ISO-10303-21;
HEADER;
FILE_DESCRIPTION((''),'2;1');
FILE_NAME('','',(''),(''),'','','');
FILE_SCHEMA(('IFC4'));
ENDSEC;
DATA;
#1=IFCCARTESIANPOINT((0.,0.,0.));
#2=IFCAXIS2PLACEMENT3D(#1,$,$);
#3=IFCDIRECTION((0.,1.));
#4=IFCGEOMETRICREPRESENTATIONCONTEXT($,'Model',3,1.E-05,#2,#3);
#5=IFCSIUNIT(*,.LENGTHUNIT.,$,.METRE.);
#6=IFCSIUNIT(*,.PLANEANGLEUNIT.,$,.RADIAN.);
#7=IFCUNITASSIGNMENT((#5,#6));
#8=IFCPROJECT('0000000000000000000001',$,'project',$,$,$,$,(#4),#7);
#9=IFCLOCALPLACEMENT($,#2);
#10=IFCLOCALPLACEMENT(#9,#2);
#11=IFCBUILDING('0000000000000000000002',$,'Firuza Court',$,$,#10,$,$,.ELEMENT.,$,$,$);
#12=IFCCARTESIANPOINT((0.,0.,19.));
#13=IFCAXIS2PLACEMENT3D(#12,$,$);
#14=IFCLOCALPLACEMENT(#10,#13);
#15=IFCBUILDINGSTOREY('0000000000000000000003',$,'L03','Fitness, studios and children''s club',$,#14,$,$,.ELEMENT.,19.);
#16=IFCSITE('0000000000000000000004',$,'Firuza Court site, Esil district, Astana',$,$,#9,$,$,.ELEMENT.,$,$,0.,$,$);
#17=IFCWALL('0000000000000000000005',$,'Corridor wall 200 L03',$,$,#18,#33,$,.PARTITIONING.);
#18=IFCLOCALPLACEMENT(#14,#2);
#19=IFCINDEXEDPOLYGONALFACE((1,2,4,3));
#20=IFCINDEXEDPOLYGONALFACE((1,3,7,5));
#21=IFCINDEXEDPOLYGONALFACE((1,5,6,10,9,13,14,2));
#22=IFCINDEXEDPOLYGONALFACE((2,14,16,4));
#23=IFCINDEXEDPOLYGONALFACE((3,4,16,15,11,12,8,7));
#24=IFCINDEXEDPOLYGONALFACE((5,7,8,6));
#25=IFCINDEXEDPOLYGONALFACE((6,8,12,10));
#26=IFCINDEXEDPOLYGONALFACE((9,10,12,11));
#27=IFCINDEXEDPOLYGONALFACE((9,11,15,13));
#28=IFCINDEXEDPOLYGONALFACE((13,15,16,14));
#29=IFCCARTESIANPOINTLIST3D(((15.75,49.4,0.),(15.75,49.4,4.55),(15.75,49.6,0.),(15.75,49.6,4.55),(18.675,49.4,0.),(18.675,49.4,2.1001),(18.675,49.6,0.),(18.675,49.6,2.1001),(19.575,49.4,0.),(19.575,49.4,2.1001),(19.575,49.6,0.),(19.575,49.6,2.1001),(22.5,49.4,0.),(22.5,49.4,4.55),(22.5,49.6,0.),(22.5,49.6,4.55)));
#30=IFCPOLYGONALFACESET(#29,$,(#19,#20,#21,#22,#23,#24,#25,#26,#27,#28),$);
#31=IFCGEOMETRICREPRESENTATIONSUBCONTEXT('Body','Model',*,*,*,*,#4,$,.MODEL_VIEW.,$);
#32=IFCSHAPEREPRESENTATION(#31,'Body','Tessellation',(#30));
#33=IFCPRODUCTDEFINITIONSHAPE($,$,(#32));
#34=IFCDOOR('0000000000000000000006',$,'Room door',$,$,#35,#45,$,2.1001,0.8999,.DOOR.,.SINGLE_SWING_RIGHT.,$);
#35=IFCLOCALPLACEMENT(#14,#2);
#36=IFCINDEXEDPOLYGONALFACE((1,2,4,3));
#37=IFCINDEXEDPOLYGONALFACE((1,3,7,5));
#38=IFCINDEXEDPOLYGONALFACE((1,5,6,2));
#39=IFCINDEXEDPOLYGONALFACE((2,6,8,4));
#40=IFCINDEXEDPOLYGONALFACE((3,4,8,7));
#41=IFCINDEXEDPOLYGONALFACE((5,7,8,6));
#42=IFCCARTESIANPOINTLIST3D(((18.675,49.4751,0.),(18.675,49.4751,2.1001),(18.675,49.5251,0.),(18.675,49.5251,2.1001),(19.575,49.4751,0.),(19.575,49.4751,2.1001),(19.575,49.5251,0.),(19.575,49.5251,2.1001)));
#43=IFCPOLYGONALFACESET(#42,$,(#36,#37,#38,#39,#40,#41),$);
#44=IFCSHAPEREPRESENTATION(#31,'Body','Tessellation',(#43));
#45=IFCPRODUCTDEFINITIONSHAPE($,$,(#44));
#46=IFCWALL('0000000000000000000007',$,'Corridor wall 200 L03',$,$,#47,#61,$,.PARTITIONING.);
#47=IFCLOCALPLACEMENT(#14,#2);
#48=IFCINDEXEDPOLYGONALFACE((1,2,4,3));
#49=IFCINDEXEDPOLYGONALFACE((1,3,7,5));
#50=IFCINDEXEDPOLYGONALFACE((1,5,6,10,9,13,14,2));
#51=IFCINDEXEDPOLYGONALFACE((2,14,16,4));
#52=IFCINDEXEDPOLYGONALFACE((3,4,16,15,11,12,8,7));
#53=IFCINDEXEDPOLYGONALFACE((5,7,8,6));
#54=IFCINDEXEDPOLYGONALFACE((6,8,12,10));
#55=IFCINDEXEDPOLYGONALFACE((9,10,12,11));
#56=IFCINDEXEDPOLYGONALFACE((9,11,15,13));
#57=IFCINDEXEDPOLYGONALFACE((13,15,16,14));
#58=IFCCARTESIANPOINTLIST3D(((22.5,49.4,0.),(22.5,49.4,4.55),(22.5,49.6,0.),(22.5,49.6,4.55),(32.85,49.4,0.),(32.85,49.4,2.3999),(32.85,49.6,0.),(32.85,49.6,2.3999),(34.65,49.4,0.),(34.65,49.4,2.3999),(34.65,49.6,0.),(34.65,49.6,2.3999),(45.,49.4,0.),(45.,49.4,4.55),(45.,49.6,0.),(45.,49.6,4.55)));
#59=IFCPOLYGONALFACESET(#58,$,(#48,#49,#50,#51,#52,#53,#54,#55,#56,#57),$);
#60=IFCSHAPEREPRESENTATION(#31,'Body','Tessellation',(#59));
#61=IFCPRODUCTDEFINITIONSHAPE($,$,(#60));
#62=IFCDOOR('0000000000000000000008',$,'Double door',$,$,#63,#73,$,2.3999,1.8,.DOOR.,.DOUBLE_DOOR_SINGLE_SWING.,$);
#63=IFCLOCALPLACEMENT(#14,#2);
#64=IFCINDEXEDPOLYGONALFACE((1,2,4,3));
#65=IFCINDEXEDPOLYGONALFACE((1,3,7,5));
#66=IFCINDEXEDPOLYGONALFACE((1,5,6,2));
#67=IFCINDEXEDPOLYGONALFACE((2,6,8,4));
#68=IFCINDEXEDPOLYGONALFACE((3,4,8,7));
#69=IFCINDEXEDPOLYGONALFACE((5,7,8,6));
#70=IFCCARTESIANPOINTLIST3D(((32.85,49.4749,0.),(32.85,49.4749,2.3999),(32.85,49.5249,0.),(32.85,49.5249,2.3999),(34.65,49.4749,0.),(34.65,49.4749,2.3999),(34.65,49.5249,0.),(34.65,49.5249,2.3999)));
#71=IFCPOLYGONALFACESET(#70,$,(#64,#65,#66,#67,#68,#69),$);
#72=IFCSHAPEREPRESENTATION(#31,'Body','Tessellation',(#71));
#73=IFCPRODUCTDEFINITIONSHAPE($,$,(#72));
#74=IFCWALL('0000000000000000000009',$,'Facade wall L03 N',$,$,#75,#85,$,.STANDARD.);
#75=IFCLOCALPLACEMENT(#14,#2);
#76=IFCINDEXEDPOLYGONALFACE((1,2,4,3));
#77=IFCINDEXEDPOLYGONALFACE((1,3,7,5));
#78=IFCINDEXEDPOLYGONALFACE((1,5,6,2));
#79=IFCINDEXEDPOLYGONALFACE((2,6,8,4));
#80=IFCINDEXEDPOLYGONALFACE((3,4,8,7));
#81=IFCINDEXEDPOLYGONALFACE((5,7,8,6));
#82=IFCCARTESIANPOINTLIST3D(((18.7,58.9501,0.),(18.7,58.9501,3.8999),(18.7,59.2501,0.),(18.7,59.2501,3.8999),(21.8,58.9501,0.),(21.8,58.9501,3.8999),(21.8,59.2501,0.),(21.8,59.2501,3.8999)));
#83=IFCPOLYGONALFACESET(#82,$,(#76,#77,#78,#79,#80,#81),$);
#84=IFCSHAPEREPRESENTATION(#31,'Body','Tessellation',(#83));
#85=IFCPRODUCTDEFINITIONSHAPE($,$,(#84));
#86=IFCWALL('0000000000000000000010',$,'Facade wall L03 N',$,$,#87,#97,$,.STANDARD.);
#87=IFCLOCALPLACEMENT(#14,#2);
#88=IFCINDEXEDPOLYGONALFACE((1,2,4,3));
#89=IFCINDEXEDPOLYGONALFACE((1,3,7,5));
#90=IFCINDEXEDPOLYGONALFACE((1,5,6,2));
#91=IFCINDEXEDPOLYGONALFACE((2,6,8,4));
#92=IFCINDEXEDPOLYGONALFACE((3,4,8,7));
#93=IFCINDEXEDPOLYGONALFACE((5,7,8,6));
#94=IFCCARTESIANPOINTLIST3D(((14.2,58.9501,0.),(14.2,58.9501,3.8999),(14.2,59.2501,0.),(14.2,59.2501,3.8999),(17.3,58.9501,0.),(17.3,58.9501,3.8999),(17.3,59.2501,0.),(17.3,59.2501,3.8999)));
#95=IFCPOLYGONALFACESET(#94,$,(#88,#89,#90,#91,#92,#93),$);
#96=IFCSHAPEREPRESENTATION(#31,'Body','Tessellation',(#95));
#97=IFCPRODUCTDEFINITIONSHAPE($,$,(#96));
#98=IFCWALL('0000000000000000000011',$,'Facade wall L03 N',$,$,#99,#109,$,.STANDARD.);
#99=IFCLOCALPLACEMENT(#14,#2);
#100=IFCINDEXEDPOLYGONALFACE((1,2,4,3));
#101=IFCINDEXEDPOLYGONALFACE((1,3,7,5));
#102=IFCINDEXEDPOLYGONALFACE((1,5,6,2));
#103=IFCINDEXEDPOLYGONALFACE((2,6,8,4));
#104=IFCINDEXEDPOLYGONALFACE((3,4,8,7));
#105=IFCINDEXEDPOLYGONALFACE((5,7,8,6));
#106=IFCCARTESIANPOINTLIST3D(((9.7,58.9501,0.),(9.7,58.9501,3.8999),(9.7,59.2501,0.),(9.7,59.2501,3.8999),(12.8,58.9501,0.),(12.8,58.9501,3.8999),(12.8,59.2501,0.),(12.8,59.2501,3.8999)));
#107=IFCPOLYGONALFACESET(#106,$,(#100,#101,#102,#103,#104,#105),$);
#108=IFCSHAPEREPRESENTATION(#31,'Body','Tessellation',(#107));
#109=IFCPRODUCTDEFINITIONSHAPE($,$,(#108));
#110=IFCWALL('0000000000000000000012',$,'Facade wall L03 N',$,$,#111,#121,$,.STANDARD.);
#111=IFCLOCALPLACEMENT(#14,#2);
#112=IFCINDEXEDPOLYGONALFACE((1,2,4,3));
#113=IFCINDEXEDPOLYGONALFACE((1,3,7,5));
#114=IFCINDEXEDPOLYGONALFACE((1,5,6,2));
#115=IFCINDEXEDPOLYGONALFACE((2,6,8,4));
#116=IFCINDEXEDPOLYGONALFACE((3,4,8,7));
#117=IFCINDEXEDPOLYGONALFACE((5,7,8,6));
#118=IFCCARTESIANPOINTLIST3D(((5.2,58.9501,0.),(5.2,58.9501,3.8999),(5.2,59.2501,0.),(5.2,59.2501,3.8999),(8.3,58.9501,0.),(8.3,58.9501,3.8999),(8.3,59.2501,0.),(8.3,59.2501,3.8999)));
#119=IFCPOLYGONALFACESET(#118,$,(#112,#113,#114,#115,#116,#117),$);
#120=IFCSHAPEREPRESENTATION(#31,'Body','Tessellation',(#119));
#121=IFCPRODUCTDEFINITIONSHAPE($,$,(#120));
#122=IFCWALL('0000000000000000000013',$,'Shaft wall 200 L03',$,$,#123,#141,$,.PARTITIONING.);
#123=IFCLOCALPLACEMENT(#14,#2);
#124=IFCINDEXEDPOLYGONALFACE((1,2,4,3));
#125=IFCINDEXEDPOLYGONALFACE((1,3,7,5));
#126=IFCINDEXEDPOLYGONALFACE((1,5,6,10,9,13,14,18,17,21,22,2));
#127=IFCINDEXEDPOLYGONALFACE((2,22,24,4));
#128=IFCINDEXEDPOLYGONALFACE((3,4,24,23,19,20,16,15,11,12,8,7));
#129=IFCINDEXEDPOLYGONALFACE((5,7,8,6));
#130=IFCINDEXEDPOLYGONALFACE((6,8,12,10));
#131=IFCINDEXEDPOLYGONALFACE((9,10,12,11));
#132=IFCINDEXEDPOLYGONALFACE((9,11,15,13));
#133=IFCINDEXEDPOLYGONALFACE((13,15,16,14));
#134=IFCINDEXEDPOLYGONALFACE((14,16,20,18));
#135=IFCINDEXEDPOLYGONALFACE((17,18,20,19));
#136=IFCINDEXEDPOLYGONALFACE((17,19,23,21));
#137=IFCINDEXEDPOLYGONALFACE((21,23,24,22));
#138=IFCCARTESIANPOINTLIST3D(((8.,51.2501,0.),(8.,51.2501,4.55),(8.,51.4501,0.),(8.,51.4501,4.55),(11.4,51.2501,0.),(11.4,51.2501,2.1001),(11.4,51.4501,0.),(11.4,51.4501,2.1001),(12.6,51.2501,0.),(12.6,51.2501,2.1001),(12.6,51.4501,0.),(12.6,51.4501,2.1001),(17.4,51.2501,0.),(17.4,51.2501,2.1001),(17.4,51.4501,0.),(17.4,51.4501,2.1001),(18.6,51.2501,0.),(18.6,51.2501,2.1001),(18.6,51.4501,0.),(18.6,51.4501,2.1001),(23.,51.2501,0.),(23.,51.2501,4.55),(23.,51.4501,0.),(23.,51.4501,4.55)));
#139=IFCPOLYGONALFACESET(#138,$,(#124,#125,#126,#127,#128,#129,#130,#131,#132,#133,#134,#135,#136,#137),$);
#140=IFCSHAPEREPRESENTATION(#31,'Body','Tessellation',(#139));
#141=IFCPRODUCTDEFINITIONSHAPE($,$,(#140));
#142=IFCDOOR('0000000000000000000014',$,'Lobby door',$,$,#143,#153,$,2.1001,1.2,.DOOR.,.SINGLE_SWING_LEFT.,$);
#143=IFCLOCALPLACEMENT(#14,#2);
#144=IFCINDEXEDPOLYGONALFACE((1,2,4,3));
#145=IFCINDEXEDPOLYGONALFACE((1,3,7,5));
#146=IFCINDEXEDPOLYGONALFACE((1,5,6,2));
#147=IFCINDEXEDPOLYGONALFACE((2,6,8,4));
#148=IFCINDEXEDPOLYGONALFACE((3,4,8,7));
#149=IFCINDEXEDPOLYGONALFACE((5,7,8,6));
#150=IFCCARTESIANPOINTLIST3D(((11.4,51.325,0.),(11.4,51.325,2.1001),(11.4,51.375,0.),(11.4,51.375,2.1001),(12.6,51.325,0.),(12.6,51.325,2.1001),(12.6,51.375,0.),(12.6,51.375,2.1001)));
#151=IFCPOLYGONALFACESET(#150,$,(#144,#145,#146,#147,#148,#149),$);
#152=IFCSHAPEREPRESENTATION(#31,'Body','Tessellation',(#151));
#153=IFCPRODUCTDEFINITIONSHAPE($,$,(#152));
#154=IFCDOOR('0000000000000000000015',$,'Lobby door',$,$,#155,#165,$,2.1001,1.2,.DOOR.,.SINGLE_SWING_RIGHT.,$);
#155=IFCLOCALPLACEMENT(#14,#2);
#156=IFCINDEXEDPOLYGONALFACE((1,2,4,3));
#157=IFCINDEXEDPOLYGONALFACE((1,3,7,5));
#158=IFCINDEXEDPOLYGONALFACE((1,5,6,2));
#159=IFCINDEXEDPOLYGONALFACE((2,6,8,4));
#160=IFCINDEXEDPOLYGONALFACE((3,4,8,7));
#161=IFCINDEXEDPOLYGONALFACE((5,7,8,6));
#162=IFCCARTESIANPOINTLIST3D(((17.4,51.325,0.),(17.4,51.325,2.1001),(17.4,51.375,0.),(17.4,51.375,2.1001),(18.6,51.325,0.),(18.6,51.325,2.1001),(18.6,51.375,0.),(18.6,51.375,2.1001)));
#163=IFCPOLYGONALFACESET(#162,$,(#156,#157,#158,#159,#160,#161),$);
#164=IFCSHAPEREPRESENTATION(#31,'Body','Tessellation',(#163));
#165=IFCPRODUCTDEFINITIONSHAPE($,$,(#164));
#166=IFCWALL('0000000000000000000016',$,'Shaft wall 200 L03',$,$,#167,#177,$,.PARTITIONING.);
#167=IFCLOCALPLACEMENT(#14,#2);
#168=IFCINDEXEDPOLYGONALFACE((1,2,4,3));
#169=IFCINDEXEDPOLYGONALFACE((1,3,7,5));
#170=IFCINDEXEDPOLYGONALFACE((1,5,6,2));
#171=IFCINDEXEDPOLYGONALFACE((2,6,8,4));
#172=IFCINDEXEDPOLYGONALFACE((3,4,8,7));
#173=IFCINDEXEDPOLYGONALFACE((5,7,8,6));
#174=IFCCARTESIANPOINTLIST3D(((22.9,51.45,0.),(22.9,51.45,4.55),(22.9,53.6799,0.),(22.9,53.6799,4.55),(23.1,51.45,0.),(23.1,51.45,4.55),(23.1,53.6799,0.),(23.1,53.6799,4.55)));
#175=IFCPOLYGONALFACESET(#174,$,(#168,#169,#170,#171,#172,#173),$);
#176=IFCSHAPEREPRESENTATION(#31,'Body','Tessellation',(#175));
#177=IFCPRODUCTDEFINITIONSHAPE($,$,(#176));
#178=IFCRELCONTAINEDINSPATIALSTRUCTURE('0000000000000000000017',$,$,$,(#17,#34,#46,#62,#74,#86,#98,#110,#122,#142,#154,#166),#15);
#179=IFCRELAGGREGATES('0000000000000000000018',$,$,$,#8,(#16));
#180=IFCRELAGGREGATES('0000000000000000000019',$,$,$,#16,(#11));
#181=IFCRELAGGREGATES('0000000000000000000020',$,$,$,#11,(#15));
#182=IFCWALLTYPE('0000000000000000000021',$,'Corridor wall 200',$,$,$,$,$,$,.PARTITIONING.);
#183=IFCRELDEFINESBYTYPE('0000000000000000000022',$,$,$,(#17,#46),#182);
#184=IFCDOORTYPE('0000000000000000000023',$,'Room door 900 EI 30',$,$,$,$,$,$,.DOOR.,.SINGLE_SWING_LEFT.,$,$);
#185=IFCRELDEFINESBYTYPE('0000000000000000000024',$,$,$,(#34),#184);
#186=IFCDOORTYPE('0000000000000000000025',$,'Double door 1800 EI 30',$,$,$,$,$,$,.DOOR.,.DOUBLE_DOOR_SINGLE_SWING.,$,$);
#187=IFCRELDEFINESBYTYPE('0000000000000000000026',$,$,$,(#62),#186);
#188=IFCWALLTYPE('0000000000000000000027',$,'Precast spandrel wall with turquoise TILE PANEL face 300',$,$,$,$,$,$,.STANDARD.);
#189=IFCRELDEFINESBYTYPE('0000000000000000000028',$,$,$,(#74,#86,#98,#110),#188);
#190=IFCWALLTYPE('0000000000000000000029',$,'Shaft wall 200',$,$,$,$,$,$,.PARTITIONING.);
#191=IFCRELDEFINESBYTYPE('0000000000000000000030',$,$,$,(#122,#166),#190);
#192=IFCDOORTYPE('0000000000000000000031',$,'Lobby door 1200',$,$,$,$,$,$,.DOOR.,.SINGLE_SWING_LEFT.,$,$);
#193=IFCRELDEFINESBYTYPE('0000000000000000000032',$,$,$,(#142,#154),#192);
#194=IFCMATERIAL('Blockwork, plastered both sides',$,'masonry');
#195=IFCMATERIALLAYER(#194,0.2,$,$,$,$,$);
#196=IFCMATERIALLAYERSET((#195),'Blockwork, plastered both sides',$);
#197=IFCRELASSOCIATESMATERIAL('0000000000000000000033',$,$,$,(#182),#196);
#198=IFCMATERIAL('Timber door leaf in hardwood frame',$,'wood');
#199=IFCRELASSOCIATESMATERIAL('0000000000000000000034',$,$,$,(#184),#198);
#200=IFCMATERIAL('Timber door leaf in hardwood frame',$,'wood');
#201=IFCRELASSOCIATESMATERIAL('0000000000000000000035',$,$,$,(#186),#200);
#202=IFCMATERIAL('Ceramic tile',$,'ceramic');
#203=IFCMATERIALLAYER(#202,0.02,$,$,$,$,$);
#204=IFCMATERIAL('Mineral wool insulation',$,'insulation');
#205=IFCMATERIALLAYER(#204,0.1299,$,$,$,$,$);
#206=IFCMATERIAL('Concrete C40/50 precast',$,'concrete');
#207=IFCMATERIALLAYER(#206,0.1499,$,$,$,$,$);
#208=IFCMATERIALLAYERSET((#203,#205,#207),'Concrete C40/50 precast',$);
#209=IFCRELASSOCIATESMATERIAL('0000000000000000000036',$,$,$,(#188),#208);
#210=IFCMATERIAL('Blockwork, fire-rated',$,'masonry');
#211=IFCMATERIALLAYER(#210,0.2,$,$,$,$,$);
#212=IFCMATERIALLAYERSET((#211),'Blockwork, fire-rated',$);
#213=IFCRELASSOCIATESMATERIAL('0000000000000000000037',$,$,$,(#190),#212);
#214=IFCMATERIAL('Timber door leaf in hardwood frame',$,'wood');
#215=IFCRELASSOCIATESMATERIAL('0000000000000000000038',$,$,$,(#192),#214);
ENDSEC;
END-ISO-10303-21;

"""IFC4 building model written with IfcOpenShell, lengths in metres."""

from ifc_helpers import new_model, si_unit, direction, frame, frame_2d, origin, place, context, subcontext, project, spatial, rectangle, extrude, material, layer, layer_set, type_object, element, fill, save


model = new_model("IFC4")

# Units and contexts
model_context = context("Model", 3, precision=1e-05, world=origin(), true_north=direction((0.0, 1.0)))
body_context = subcontext(model_context, "Body", "Model", "MODEL_VIEW")
ifc_project = project(units=[si_unit("LENGTHUNIT", "METRE"), si_unit("PLANEANGLEUNIT", "RADIAN")], contexts=[model_context])

# Site, building, storey
site_placement = place(None, origin())
site = spatial("IfcSite", under=ifc_project, at=site_placement, Name="Firuza Court site, Esil district, Astana", CompositionType="ELEMENT", RefElevation=0.0)
building_placement = place(site_placement, origin())
building = spatial("IfcBuilding", under=site, at=building_placement, Name="Firuza Court", CompositionType="ELEMENT")
storey_placement = place(building_placement, frame((0.0, 0.0, 19.0)))
storey = spatial("IfcBuildingStorey", under=building, at=storey_placement, Name="L03", Description="Fitness, studios and children's club", CompositionType="ELEMENT", Elevation=19.0)

# Shared definitions
ifc_material_1 = material(Name="Blockwork, plastered both sides", Category="masonry")
ifc_layer_1 = layer(ifc_material_1, 0.2)
ifc_layer_set_1 = layer_set([ifc_layer_1], Name="Blockwork, plastered both sides")
wall_type_1 = type_object("IfcWallType", Name="Corridor wall 200", PredefinedType="PARTITIONING", material=ifc_layer_set_1)

# Walls, openings, doors
wall_1_placement = place(storey_placement, frame((15.75, 49.5, 0.0), z_axis=(0.0, 0.0, 1.0), x_axis=(1.0, 0.0, 0.0)))
wall_1 = element("IfcWall", 1, at=wall_1_placement, inside=storey, type_object=wall_type_1, Name="Corridor wall 200 L03", PredefinedType="PARTITIONING", context=body_context, shape_type="SweptSolid", body=[
    extrude(rectangle(XDim=6.75, YDim=0.2, at=frame_2d((3.375, 0.0))), origin(), (0.0, 0.0, 1.0), 4.55),
])
opening_1_placement = place(wall_1_placement, frame((2.925, 0.0, 0.0)))
opening_1 = element("IfcOpeningElement", 2, at=opening_1_placement, cuts=wall_1, PredefinedType="OPENING", context=body_context, shape_type="SweptSolid", body=[
    extrude(rectangle(XDim=0.8999, YDim=2.1001, at=frame_2d((0.45, 1.05))), frame((0.0, 0.1118, 0.0), z_axis=(0.0, -1.0, 0.0), x_axis=(1.0, 0.0, 0.0)), (0.0, 0.0, 1.0), 0.2239),
])
ifc_material_2 = material(Name="Timber door leaf in hardwood frame", Category="wood")
door_type_1 = type_object("IfcDoorType", Name="Room door 900 EI 30", OperationType="SINGLE_SWING_LEFT", PredefinedType="DOOR", material=ifc_material_2)
door_1_placement = place(opening_1_placement, frame((0.8999, 0.0, 0.0), z_axis=(0.0, 0.0, 1.0), x_axis=(-1.0, 0.0, 0.0)))
door_1 = element("IfcDoor", 3, at=door_1_placement, inside=storey, type_object=door_type_1, Name="Room door", OperationType="SINGLE_SWING_RIGHT", OverallHeight=2.1001, OverallWidth=0.8999, PredefinedType="DOOR", context=body_context, shape_type="SweptSolid", body=[
    extrude(rectangle(XDim=0.8999, YDim=2.1001, at=frame_2d((0.45, 1.05))), frame((0.0, 0.0249, 0.0), z_axis=(0.0, -1.0, 0.0), x_axis=(1.0, 0.0, 0.0)), (0.0, 0.0, 1.0), 0.05),
])
fill(opening_1, door_1)
wall_2_placement = place(storey_placement, frame((22.5, 49.5, 0.0), z_axis=(0.0, 0.0, 1.0), x_axis=(1.0, 0.0, 0.0)))
wall_2 = element("IfcWall", 4, at=wall_2_placement, inside=storey, type_object=wall_type_1, Name="Corridor wall 200 L03", PredefinedType="PARTITIONING", context=body_context, shape_type="SweptSolid", body=[
    extrude(rectangle(XDim=22.5, YDim=0.2, at=frame_2d((11.25, 0.0))), origin(), (0.0, 0.0, 1.0), 4.55),
])
opening_2_placement = place(wall_2_placement, frame((10.3501, 0.0, 0.0)))
opening_2 = element("IfcOpeningElement", 5, at=opening_2_placement, cuts=wall_2, PredefinedType="OPENING", context=body_context, shape_type="SweptSolid", body=[
    extrude(rectangle(XDim=1.8, YDim=2.3999, at=frame_2d((0.8999, 1.2))), frame((0.0, 0.1118, 0.0), z_axis=(0.0, -1.0, 0.0), x_axis=(1.0, 0.0, 0.0)), (0.0, 0.0, 1.0), 0.2239),
])
ifc_material_3 = material(Name="Timber door leaf in hardwood frame", Category="wood")
door_type_2 = type_object("IfcDoorType", Name="Double door 1800 EI 30", OperationType="DOUBLE_DOOR_SINGLE_SWING", PredefinedType="DOOR", material=ifc_material_3)
door_2_placement = place(opening_2_placement, origin())
door_2 = element("IfcDoor", 6, at=door_2_placement, inside=storey, type_object=door_type_2, Name="Double door", OperationType="DOUBLE_DOOR_SINGLE_SWING", OverallHeight=2.3999, OverallWidth=1.8, PredefinedType="DOOR", context=body_context, shape_type="SweptSolid", body=[
    extrude(rectangle(XDim=1.8, YDim=2.3999, at=frame_2d((0.8999, 1.2))), frame((0.0, 0.0249, 0.0), z_axis=(0.0, -1.0, 0.0), x_axis=(1.0, 0.0, 0.0)), (0.0, 0.0, 1.0), 0.05),
])
fill(opening_2, door_2)

# Walls
ifc_material_4 = material(Name="Ceramic tile", Category="ceramic")
ifc_layer_2 = layer(ifc_material_4, 0.02)
ifc_material_5 = material(Name="Mineral wool insulation", Category="insulation")
ifc_layer_3 = layer(ifc_material_5, 0.1299)
ifc_material_6 = material(Name="Concrete C40/50 precast", Category="concrete")
ifc_layer_4 = layer(ifc_material_6, 0.1499)
ifc_layer_set_2 = layer_set([ifc_layer_2, ifc_layer_3, ifc_layer_4], Name="Concrete C40/50 precast")
wall_type_2 = type_object("IfcWallType", Name="Precast spandrel wall with turquoise TILE PANEL face 300", PredefinedType="STANDARD", material=ifc_layer_set_2)
for number, where, z_axis, x_axis, name in (
    (7, (21.8, 59.1001, 0.0), (0.0, 0.0, 1.0), (-1.0, 0.0, 0.0), "Facade wall L03 N"),
    (8, (17.3, 59.1001, 0.0), (0.0, 0.0, 1.0), (-1.0, 0.0, 0.0), "Facade wall L03 N"),
    (9, (12.8, 59.1001, 0.0), (0.0, 0.0, 1.0), (-1.0, 0.0, 0.0), "Facade wall L03 N"),
    (10, (8.3, 59.1001, 0.0), (0.0, 0.0, 1.0), (-1.0, 0.0, 0.0), "Facade wall L03 N"),
):
    element("IfcWall", number, at=place(storey_placement, frame(where, z_axis=z_axis, x_axis=x_axis)), inside=storey, type_object=wall_type_2, Name=name, PredefinedType="STANDARD", context=body_context, shape_type="SweptSolid", body=[
        extrude(rectangle(XDim=3.1001, YDim=0.3, at=frame_2d((1.55, 0.0))), origin(), (0.0, 0.0, 1.0), 3.8999),
    ])

# Wall, openings, doors
ifc_material_7 = material(Name="Blockwork, fire-rated", Category="masonry")
ifc_layer_5 = layer(ifc_material_7, 0.2)
ifc_layer_set_3 = layer_set([ifc_layer_5], Name="Blockwork, fire-rated")
wall_type_3 = type_object("IfcWallType", Name="Shaft wall 200", PredefinedType="PARTITIONING", material=ifc_layer_set_3)
wall_3_placement = place(storey_placement, frame((8.0, 51.3501, 0.0), z_axis=(0.0, 0.0, 1.0), x_axis=(1.0, 0.0, 0.0)))
wall_3 = element("IfcWall", 11, at=wall_3_placement, inside=storey, type_object=wall_type_3, Name="Shaft wall 200 L03", PredefinedType="PARTITIONING", context=body_context, shape_type="SweptSolid", body=[
    extrude(rectangle(XDim=15.0, YDim=0.2, at=frame_2d((7.5, 0.0))), origin(), (0.0, 0.0, 1.0), 4.55),
])
opening_3_placement = place(wall_3_placement, frame((3.3999, 0.0, 0.0)))
opening_3 = element("IfcOpeningElement", 12, at=opening_3_placement, cuts=wall_3, PredefinedType="OPENING", context=body_context, shape_type="SweptSolid", body=[
    extrude(rectangle(XDim=1.2, YDim=2.1001, at=frame_2d((0.6001, 1.05))), frame((0.0, 0.1118, 0.0), z_axis=(0.0, -1.0, 0.0), x_axis=(1.0, 0.0, 0.0)), (0.0, 0.0, 1.0), 0.2239),
])
opening_4_placement = place(wall_3_placement, frame((9.3999, 0.0, 0.0)))
opening_4 = element("IfcOpeningElement", 13, at=opening_4_placement, cuts=wall_3, PredefinedType="OPENING", context=body_context, shape_type="SweptSolid", body=[
    extrude(rectangle(XDim=1.2, YDim=2.1001, at=frame_2d((0.6001, 1.05))), frame((0.0, 0.1118, 0.0), z_axis=(0.0, -1.0, 0.0), x_axis=(1.0, 0.0, 0.0)), (0.0, 0.0, 1.0), 0.2239),
])
ifc_material_8 = material(Name="Timber door leaf in hardwood frame", Category="wood")
door_type_3 = type_object("IfcDoorType", Name="Lobby door 1200", OperationType="SINGLE_SWING_LEFT", PredefinedType="DOOR", material=ifc_material_8)
door_3_placement = place(opening_3_placement, origin())
door_3 = element("IfcDoor", 14, at=door_3_placement, inside=storey, type_object=door_type_3, Name="Lobby door", OperationType="SINGLE_SWING_LEFT", OverallHeight=2.1001, OverallWidth=1.2, PredefinedType="DOOR", context=body_context, shape_type="SweptSolid", body=[
    extrude(rectangle(XDim=1.2, YDim=2.1001, at=frame_2d((0.6001, 1.05))), frame((0.0, 0.0249, 0.0), z_axis=(0.0, -1.0, 0.0), x_axis=(1.0, 0.0, 0.0)), (0.0, 0.0, 1.0), 0.05),
])
fill(opening_3, door_3)
door_4_placement = place(opening_4_placement, origin())
door_4 = element("IfcDoor", 15, at=door_4_placement, inside=storey, type_object=door_type_3, Name="Lobby door", OperationType="SINGLE_SWING_RIGHT", OverallHeight=2.1001, OverallWidth=1.2, PredefinedType="DOOR", context=body_context, shape_type="SweptSolid", body=[
    extrude(rectangle(XDim=1.2, YDim=2.1001, at=frame_2d((0.6001, 1.05))), frame((0.0, 0.0249, 0.0), z_axis=(0.0, -1.0, 0.0), x_axis=(1.0, 0.0, 0.0)), (0.0, 0.0, 1.0), 0.05),
])
fill(opening_4, door_4)

# Wall
for number, where, z_axis, x_axis, name in (
    (16, (23.0, 51.45, 0.0), (0.0, 0.0, 1.0), (0.0, 1.0, 0.0), "Shaft wall 200 L03"),
):
    element("IfcWall", number, at=place(storey_placement, frame(where, z_axis=z_axis, x_axis=x_axis)), inside=storey, type_object=wall_type_3, Name=name, PredefinedType="PARTITIONING", context=body_context, shape_type="SweptSolid", body=[
        extrude(rectangle(XDim=2.23, YDim=0.2, at=frame_2d((1.115, 0.0))), origin(), (0.0, 0.0, 1.0), 4.55),
    ])

save(model, "model.ifc")
